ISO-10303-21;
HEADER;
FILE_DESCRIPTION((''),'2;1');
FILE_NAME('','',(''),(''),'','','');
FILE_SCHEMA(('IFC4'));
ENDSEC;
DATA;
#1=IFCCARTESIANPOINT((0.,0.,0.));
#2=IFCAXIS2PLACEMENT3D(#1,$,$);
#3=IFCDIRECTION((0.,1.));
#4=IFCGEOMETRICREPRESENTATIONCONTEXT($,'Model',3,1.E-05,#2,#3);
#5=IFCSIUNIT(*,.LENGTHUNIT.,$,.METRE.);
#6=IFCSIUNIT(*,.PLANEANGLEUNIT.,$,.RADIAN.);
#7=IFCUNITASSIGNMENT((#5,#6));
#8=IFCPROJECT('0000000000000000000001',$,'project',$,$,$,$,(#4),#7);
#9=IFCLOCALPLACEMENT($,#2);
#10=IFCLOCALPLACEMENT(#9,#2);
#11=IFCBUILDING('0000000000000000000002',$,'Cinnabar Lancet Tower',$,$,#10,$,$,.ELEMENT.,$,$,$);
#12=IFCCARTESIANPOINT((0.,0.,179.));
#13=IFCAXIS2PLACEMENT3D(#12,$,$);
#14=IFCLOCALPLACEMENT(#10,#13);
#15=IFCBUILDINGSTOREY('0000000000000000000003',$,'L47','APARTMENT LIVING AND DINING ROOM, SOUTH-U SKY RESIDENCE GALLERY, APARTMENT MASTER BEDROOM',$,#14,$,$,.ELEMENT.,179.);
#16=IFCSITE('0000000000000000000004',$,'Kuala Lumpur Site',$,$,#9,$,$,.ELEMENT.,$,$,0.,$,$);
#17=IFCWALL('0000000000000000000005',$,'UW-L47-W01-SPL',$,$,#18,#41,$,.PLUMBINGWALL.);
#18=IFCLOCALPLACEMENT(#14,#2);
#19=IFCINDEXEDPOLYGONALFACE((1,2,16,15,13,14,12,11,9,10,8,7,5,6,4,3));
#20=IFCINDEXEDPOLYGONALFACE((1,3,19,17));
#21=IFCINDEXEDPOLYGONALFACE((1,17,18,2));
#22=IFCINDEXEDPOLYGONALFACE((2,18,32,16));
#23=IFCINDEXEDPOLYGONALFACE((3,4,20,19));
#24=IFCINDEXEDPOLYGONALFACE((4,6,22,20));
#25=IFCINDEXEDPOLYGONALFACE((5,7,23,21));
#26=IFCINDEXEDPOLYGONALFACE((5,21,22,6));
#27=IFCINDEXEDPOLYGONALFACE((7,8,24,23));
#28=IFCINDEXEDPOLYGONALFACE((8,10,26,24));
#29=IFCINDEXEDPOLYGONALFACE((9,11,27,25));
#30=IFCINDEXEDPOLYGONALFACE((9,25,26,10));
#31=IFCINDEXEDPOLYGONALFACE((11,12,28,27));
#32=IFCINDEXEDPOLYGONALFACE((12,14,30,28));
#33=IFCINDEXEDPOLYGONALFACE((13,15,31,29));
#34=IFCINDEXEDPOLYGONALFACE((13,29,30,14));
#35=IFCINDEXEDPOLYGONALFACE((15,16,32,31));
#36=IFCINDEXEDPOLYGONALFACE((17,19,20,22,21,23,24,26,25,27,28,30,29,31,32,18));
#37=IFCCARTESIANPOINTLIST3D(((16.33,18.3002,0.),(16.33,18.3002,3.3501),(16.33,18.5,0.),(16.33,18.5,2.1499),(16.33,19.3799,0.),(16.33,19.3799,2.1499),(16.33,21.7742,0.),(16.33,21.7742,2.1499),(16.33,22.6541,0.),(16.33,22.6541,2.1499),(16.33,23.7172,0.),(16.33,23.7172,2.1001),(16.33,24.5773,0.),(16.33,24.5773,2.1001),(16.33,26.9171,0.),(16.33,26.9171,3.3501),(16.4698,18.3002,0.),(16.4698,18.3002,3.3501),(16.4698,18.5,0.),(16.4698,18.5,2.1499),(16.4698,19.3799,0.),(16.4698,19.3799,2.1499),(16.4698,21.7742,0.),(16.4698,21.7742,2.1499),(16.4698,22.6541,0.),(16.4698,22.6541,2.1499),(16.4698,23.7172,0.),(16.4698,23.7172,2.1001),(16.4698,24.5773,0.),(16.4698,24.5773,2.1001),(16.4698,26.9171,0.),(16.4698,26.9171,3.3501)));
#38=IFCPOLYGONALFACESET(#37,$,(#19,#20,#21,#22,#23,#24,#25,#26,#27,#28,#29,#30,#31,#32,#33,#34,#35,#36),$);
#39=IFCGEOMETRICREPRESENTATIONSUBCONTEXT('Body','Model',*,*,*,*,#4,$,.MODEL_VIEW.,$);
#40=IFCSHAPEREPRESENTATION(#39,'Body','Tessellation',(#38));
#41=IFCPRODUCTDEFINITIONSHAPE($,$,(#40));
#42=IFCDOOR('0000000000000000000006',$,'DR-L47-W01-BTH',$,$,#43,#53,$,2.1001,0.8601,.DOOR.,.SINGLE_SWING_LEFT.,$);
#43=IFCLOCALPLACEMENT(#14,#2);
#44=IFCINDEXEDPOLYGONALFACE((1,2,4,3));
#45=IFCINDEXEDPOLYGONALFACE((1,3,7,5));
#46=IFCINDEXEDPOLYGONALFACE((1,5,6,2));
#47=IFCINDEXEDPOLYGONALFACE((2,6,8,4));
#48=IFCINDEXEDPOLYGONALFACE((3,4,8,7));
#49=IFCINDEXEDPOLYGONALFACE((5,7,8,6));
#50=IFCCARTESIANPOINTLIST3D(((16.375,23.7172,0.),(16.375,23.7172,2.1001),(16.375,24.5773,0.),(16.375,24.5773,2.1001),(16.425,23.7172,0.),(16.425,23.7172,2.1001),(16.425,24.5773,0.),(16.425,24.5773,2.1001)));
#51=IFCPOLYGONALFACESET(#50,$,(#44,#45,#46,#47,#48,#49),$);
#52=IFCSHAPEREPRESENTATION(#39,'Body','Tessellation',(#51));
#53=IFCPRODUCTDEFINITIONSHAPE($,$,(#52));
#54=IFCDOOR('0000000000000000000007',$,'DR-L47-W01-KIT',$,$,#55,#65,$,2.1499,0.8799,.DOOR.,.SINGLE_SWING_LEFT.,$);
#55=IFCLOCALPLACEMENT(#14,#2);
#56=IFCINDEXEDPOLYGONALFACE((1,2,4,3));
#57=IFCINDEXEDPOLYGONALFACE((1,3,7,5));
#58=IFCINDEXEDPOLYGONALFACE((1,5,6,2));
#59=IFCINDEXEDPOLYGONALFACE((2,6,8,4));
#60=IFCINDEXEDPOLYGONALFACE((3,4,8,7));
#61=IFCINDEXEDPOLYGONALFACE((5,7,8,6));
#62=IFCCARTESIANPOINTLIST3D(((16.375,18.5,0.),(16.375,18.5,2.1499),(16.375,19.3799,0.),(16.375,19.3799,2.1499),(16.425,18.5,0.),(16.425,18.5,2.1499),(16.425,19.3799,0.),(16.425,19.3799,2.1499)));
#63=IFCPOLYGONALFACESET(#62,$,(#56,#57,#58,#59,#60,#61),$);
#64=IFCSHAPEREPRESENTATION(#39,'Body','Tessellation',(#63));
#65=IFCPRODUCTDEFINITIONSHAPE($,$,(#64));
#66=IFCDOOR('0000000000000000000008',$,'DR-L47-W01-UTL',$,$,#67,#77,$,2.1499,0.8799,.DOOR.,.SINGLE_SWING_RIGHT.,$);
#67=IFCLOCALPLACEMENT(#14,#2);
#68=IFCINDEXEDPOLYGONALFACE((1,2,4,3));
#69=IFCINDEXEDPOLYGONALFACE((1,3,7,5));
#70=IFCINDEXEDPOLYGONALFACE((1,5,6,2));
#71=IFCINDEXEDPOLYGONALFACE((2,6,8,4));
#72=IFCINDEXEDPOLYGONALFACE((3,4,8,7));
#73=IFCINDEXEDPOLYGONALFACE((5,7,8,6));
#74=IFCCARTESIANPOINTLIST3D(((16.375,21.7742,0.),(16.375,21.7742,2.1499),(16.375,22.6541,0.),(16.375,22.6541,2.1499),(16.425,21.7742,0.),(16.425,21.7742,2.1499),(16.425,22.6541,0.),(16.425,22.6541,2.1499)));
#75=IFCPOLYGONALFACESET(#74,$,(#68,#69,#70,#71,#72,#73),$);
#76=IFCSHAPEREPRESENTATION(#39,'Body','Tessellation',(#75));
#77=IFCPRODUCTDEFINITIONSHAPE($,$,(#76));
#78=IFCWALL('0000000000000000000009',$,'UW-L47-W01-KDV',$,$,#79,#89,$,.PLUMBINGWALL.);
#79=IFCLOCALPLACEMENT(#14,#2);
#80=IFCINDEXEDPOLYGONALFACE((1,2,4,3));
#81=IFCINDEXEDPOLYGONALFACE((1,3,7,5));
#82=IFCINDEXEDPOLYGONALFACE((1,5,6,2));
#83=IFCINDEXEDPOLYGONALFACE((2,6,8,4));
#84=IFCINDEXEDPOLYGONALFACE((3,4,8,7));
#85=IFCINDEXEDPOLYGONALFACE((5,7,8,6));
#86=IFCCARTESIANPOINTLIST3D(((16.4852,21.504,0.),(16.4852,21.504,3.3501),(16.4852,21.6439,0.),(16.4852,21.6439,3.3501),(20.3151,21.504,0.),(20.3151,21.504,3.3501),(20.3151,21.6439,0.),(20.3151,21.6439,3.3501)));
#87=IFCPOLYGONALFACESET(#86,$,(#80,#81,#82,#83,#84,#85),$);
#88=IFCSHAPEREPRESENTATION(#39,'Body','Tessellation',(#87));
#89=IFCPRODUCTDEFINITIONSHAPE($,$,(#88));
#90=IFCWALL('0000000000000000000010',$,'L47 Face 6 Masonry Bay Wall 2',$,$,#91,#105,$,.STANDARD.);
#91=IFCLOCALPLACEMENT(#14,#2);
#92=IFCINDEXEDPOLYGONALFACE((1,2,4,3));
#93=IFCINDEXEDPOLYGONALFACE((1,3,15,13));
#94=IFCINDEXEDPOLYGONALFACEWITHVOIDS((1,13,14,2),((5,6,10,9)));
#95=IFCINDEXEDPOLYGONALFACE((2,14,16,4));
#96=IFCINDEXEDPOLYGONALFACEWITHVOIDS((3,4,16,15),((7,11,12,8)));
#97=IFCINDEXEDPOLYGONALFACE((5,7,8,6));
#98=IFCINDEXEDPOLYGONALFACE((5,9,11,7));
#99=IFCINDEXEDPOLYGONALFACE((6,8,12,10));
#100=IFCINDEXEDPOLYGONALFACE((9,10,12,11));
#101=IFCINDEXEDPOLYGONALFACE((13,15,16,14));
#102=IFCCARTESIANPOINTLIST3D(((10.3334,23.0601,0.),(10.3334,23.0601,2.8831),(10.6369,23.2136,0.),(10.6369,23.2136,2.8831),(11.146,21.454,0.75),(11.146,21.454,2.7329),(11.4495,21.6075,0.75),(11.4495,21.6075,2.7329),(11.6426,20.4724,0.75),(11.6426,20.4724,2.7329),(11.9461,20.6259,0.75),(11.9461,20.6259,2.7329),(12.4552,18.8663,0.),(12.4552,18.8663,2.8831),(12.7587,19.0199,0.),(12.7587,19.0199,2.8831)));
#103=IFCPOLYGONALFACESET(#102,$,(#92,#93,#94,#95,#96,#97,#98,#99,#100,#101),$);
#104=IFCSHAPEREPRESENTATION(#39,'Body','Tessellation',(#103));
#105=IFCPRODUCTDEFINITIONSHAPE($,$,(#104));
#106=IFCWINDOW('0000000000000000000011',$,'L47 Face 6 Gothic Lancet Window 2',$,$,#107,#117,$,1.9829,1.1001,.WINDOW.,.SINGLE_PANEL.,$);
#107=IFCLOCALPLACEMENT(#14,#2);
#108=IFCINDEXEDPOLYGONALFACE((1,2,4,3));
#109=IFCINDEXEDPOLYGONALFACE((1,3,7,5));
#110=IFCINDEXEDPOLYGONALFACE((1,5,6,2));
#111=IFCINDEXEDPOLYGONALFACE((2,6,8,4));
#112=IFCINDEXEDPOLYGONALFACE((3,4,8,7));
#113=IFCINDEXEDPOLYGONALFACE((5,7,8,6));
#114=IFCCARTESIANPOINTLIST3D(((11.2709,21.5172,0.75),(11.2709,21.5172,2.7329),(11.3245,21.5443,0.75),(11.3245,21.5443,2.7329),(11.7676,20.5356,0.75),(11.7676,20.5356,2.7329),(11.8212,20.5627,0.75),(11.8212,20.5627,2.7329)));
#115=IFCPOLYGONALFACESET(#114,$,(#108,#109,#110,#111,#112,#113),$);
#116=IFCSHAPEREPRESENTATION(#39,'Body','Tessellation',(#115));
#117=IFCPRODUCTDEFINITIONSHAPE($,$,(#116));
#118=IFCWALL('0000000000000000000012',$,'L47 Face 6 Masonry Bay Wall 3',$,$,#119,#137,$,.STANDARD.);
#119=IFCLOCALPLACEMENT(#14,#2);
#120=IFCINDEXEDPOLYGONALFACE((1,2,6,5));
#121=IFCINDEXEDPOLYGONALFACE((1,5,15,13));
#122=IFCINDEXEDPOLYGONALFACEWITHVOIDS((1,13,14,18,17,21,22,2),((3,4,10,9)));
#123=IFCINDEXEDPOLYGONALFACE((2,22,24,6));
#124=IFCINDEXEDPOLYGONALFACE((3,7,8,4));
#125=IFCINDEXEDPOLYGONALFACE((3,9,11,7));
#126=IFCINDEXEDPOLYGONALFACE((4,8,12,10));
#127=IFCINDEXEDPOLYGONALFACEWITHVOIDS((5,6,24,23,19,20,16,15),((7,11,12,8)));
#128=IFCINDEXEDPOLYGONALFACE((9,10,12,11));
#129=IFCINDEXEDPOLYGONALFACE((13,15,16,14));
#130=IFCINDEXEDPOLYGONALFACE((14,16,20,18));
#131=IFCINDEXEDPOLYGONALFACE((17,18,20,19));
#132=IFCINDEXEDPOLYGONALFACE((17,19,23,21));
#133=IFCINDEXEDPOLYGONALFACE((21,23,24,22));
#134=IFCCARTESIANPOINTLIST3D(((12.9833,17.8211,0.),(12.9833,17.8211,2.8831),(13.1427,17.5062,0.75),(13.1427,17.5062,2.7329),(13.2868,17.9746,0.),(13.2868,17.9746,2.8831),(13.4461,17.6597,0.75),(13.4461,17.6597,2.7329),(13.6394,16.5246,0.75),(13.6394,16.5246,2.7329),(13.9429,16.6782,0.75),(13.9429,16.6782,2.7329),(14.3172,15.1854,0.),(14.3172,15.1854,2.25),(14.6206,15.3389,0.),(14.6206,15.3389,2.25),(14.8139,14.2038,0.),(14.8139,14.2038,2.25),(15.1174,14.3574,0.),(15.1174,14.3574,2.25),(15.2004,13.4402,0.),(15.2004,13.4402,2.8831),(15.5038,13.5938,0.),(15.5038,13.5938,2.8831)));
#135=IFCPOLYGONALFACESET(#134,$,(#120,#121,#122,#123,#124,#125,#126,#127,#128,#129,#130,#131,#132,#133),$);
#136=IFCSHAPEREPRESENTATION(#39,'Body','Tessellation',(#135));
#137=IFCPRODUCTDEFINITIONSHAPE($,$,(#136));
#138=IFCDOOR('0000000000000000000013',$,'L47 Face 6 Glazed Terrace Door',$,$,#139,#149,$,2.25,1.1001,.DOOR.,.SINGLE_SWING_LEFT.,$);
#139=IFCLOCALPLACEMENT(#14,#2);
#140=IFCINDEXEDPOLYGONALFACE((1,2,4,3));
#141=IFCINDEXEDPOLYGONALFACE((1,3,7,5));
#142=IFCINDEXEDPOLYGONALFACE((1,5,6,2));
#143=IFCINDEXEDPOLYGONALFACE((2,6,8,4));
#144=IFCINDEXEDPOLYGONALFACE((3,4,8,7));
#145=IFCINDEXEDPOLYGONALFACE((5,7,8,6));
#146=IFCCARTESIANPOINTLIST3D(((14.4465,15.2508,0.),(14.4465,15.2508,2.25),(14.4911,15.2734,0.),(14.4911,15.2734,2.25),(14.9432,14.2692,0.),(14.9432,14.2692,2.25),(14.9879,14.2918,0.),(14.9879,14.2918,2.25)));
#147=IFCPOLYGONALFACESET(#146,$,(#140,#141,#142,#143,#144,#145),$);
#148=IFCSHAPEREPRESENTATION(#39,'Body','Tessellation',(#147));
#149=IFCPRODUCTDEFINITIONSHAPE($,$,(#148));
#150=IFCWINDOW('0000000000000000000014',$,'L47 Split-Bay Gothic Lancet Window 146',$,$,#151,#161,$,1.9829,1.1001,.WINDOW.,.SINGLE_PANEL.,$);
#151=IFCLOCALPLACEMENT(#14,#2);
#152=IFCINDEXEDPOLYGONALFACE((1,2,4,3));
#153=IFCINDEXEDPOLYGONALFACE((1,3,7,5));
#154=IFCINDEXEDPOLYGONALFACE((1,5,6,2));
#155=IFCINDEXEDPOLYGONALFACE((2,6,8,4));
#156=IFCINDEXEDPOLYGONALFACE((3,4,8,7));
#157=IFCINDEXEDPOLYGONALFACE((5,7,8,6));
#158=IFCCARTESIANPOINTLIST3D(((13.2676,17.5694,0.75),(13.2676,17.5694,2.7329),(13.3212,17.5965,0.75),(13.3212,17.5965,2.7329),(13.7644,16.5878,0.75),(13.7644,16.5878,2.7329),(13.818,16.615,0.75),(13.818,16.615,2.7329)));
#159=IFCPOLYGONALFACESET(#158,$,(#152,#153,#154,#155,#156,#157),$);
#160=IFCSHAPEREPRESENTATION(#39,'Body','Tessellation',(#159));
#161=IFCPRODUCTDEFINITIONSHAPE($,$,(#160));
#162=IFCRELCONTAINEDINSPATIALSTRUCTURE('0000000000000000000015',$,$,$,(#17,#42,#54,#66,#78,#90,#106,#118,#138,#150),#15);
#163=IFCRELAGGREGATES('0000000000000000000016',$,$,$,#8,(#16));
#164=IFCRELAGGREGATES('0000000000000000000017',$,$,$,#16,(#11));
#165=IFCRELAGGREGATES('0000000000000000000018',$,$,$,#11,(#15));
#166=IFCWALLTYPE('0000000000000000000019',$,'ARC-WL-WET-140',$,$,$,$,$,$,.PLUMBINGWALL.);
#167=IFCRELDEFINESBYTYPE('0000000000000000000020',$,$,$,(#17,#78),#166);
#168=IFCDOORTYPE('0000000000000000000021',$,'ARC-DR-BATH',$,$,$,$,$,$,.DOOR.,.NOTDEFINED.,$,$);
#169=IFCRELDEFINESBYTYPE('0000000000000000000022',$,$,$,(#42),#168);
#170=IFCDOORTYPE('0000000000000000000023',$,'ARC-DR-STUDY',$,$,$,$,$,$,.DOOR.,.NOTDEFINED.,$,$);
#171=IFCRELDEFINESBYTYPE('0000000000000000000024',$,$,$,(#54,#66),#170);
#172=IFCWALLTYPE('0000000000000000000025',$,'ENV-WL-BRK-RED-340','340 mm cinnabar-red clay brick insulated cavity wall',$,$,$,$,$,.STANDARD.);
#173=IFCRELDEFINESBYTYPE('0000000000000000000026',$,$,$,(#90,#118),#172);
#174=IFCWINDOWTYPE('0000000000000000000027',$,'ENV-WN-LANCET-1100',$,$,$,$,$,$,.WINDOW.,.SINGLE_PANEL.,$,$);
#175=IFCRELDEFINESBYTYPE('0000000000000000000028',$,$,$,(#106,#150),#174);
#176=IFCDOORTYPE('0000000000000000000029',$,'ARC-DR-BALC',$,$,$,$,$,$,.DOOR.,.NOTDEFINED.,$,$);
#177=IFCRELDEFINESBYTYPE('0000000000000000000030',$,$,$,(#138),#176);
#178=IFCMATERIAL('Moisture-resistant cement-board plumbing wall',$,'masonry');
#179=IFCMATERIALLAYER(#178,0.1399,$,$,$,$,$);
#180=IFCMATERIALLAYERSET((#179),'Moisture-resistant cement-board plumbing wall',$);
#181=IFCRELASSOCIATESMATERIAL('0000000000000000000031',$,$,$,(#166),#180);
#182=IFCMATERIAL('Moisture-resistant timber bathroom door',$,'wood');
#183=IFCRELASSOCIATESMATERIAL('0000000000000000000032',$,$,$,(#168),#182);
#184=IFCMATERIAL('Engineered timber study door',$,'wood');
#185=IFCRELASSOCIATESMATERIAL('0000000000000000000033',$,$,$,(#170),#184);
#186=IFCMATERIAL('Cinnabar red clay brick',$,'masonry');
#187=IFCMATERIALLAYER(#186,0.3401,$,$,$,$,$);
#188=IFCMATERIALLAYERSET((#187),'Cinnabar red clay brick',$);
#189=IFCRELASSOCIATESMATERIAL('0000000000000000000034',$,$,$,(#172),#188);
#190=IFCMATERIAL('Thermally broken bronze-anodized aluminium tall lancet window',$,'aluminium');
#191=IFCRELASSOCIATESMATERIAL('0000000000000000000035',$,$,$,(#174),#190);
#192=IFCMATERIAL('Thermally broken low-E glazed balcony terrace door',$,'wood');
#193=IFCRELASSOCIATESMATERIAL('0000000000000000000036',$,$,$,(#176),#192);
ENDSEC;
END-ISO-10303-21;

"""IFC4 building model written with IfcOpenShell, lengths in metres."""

from ifc_helpers import new_model, si_unit, direction, frame, frame_2d, origin, place, context, subcontext, project, spatial, rectangle, extrude, material, layer, layer_set, type_object, element, fill, save


model = new_model("IFC4")

# Units and contexts
model_context = context("Model", 3, precision=1e-05, world=origin(), true_north=direction((0.0, 1.0)))
body_context = subcontext(model_context, "Body", "Model", "MODEL_VIEW")
ifc_project = project(units=[si_unit("LENGTHUNIT", "METRE"), si_unit("PLANEANGLEUNIT", "RADIAN")], contexts=[model_context])

# Site, building, storey
site_placement = place(None, origin())
site = spatial("IfcSite", under=ifc_project, at=site_placement, Name="Kuala Lumpur Site", CompositionType="ELEMENT", RefElevation=0.0)
building_placement = place(site_placement, origin())
building = spatial("IfcBuilding", under=site, at=building_placement, Name="Cinnabar Lancet Tower", CompositionType="ELEMENT")
storey_placement = place(building_placement, frame((0.0, 0.0, 179.0)))
storey = spatial("IfcBuildingStorey", under=building, at=storey_placement, Name="L47", Description="APARTMENT LIVING AND DINING ROOM, SOUTH-U SKY RESIDENCE GALLERY, APARTMENT MASTER BEDROOM", CompositionType="ELEMENT", Elevation=179.0)

# Wall, openings, doors
ifc_material_1 = material(Name="Moisture-resistant cement-board plumbing wall", Category="masonry")
ifc_layer_1 = layer(ifc_material_1, 0.1399)
ifc_layer_set_1 = layer_set([ifc_layer_1], Name="Moisture-resistant cement-board plumbing wall")
wall_type_1 = type_object("IfcWallType", Name="ARC-WL-WET-140", PredefinedType="PLUMBINGWALL", material=ifc_layer_set_1)
wall_1_placement = place(storey_placement, frame((16.3999, 18.3, 0.0), z_axis=(0.0, 0.0, 1.0), x_axis=(0.0, 1.0, 0.0)))
wall_1 = element("IfcWall", 1, at=wall_1_placement, inside=storey, type_object=wall_type_1, Name="UW-L47-W01-SPL", PredefinedType="PLUMBINGWALL", context=body_context, shape_type="SweptSolid", body=[
    extrude(rectangle(XDim=8.6169, YDim=0.1399, at=frame_2d((4.3086, 0.0))), origin(), (0.0, 0.0, 1.0), 3.3501),
])
opening_1_placement = place(wall_1_placement, frame((0.2, 0.0, 0.0)))
opening_1 = element("IfcOpeningElement", 2, at=opening_1_placement, cuts=wall_1, PredefinedType="OPENING", context=body_context, shape_type="SweptSolid", body=[
    extrude(rectangle(XDim=0.8799, YDim=2.1499, at=frame_2d((0.4399, 1.075))), frame((0.0, 0.0798, 0.0), z_axis=(0.0, -1.0, 0.0), x_axis=(1.0, 0.0, 0.0)), (0.0, 0.0, 1.0), 0.1599),
])
opening_2_placement = place(wall_1_placement, frame((3.4741, 0.0, 0.0)))
opening_2 = element("IfcOpeningElement", 3, at=opening_2_placement, cuts=wall_1, PredefinedType="OPENING", context=body_context, shape_type="SweptSolid", body=[
    extrude(rectangle(XDim=0.8799, YDim=2.1499, at=frame_2d((0.4399, 1.075))), frame((0.0, 0.0798, 0.0), z_axis=(0.0, -1.0, 0.0), x_axis=(1.0, 0.0, 0.0)), (0.0, 0.0, 1.0), 0.1599),
])
opening_3_placement = place(wall_1_placement, frame((5.417, 0.0, 0.0)))
opening_3 = element("IfcOpeningElement", 4, at=opening_3_placement, cuts=wall_1, PredefinedType="OPENING", context=body_context, shape_type="SweptSolid", body=[
    extrude(rectangle(XDim=0.8601, YDim=2.1001, at=frame_2d((0.4302, 1.05))), frame((0.0, 0.0798, 0.0), z_axis=(0.0, -1.0, 0.0), x_axis=(1.0, 0.0, 0.0)), (0.0, 0.0, 1.0), 0.1599),
])
ifc_material_2 = material(Name="Moisture-resistant timber bathroom door", Category="wood")
door_type_1 = type_object("IfcDoorType", Name="ARC-DR-BATH", OperationType="NOTDEFINED", PredefinedType="DOOR", material=ifc_material_2)
door_1_placement = place(opening_3_placement, origin())
door_1 = element("IfcDoor", 5, at=door_1_placement, inside=storey, type_object=door_type_1, Name="DR-L47-W01-BTH", OperationType="SINGLE_SWING_LEFT", OverallHeight=2.1001, OverallWidth=0.8601, PredefinedType="DOOR", context=body_context, shape_type="SweptSolid", body=[
    extrude(rectangle(XDim=0.8601, YDim=2.1001, at=frame_2d((0.4302, 1.05))), frame((0.0, 0.0249, 0.0), z_axis=(0.0, -1.0, 0.0), x_axis=(1.0, 0.0, 0.0)), (0.0, 0.0, 1.0), 0.05),
])
fill(opening_3, door_1)
ifc_material_3 = material(Name="Engineered timber study door", Category="wood")
door_type_2 = type_object("IfcDoorType", Name="ARC-DR-STUDY", OperationType="NOTDEFINED", PredefinedType="DOOR", material=ifc_material_3)
door_2_placement = place(opening_1_placement, origin())
door_2 = element("IfcDoor", 6, at=door_2_placement, inside=storey, type_object=door_type_2, Name="DR-L47-W01-KIT", OperationType="SINGLE_SWING_LEFT", OverallHeight=2.1499, OverallWidth=0.8799, PredefinedType="DOOR", context=body_context, shape_type="SweptSolid", body=[
    extrude(rectangle(XDim=0.8799, YDim=2.1499, at=frame_2d((0.4399, 1.075))), frame((0.0, 0.0249, 0.0), z_axis=(0.0, -1.0, 0.0), x_axis=(1.0, 0.0, 0.0)), (0.0, 0.0, 1.0), 0.05),
])
fill(opening_1, door_2)
door_3_placement = place(opening_2_placement, origin())
door_3 = element("IfcDoor", 7, at=door_3_placement, inside=storey, type_object=door_type_2, Name="DR-L47-W01-UTL", OperationType="SINGLE_SWING_RIGHT", OverallHeight=2.1499, OverallWidth=0.8799, PredefinedType="DOOR", context=body_context, shape_type="SweptSolid", body=[
    extrude(rectangle(XDim=0.8799, YDim=2.1499, at=frame_2d((0.4399, 1.075))), frame((0.0, 0.0249, 0.0), z_axis=(0.0, -1.0, 0.0), x_axis=(1.0, 0.0, 0.0)), (0.0, 0.0, 1.0), 0.05),
])
fill(opening_2, door_3)

# Wall
wall_2_placement = place(storey_placement, frame((16.4851, 21.574, 0.0), z_axis=(0.0, 0.0, 1.0), x_axis=(1.0, 0.0, 0.0)))
element("IfcWall", 8, at=wall_2_placement, inside=storey, type_object=wall_type_1, Name="UW-L47-W01-KDV", PredefinedType="PLUMBINGWALL", context=body_context, shape_type="SweptSolid", body=[
    extrude(rectangle(XDim=3.8298, YDim=0.1399, at=frame_2d((1.915, 0.0))), origin(), (0.0, 0.0, 1.0), 3.3501),
])

# Wall, opening, window
ifc_material_4 = material(Name="Cinnabar red clay brick", Category="masonry")
ifc_layer_2 = layer(ifc_material_4, 0.3401)
ifc_layer_set_2 = layer_set([ifc_layer_2], Name="Cinnabar red clay brick")
wall_type_2 = type_object("IfcWallType", Name="ENV-WL-BRK-RED-340", Description="340 mm cinnabar-red clay brick insulated cavity wall", PredefinedType="STANDARD", material=ifc_layer_set_2)
wall_3_placement = place(storey_placement, frame((10.4851, 23.137, 0.0), z_axis=(0.0, 0.0, 1.0), x_axis=(0.451447, -0.892298, 0.0)))
wall_3 = element("IfcWall", 9, at=wall_3_placement, inside=storey, type_object=wall_type_2, Name="L47 Face 6 Masonry Bay Wall 2", PredefinedType="STANDARD", context=body_context, shape_type="SweptSolid", body=[
    extrude(rectangle(XDim=4.7, YDim=0.3401, at=frame_2d((2.3501, 0.0))), origin(), (0.0, 0.0, 1.0), 2.8831),
])
opening_4_placement = place(wall_3_placement, frame((1.8, 0.0, 0.75)))
opening_4 = element("IfcOpeningElement", 10, at=opening_4_placement, cuts=wall_3, PredefinedType="OPENING", context=body_context, shape_type="SweptSolid", body=[
    extrude(rectangle(XDim=1.1001, YDim=1.9829, at=frame_2d((0.55, 0.9915))), frame((0.0, 0.1799, 0.0), z_axis=(0.0, -1.0, 0.0), x_axis=(1.0, 0.0, 0.0)), (0.0, 0.0, 1.0), 0.3601),
])
ifc_material_5 = material(Name="Thermally broken bronze-anodized aluminium tall lancet window", Category="aluminium")
window_type = type_object("IfcWindowType", Name="ENV-WN-LANCET-1100", PartitioningType="SINGLE_PANEL", PredefinedType="WINDOW", material=ifc_material_5)
window_1_placement = place(opening_4_placement, origin())
window_1 = element("IfcWindow", 11, at=window_1_placement, inside=storey, type_object=window_type, Name="L47 Face 6 Gothic Lancet Window 2", OverallHeight=1.9829, OverallWidth=1.1001, PartitioningType="SINGLE_PANEL", PredefinedType="WINDOW", context=body_context, shape_type="SweptSolid", body=[
    extrude(rectangle(XDim=1.1001, YDim=1.9829, at=frame_2d((0.55, 0.9915))), frame((0.0, 0.03, 0.0), z_axis=(0.0, -1.0, 0.0), x_axis=(1.0, 0.0, 0.0)), (0.0, 0.0, 1.0), 0.0601),
])
fill(opening_4, window_1)

# Wall, openings, door, window
wall_4_placement = place(storey_placement, frame((13.135, 17.8979, 0.0), z_axis=(0.0, 0.0, 1.0), x_axis=(0.451544, -0.892249, 0.0)))
wall_4 = element("IfcWall", 12, at=wall_4_placement, inside=storey, type_object=wall_type_2, Name="L47 Face 6 Masonry Bay Wall 3", PredefinedType="STANDARD", context=body_context, shape_type="SweptSolid", body=[
    extrude(rectangle(XDim=4.9099, YDim=0.3401, at=frame_2d((2.4551, 0.0))), origin(), (0.0, 0.0, 1.0), 2.8831),
])
opening_5_placement = place(wall_4_placement, frame((2.9541, 0.0, 0.0)))
opening_5 = element("IfcOpeningElement", 13, at=opening_5_placement, cuts=wall_4, PredefinedType="OPENING", context=body_context, shape_type="SweptSolid", body=[
    extrude(rectangle(XDim=1.1001, YDim=2.25, at=frame_2d((0.55, 1.125))), frame((0.0, 0.1799, 0.0), z_axis=(0.0, -1.0, 0.0), x_axis=(1.0, 0.0, 0.0)), (0.0, 0.0, 1.0), 0.3601),
])
opening_6_placement = place(wall_4_placement, frame((0.353, 0.0, 0.75)))
opening_6 = element("IfcOpeningElement", 14, at=opening_6_placement, cuts=wall_4, PredefinedType="OPENING", context=body_context, shape_type="SweptSolid", body=[
    extrude(rectangle(XDim=1.1001, YDim=1.9829, at=frame_2d((0.55, 0.9915))), frame((0.0, 0.1799, 0.0), z_axis=(0.0, -1.0, 0.0), x_axis=(1.0, 0.0, 0.0)), (0.0, 0.0, 1.0), 0.3601),
])
ifc_material_6 = material(Name="Thermally broken low-E glazed balcony terrace door", Category="wood")
door_type_3 = type_object("IfcDoorType", Name="ARC-DR-BALC", OperationType="NOTDEFINED", PredefinedType="DOOR", material=ifc_material_6)
door_4_placement = place(opening_5_placement, origin())
door_4 = element("IfcDoor", 15, at=door_4_placement, inside=storey, type_object=door_type_3, Name="L47 Face 6 Glazed Terrace Door", OperationType="SINGLE_SWING_LEFT", OverallHeight=2.25, OverallWidth=1.1001, PredefinedType="DOOR", context=body_context, shape_type="SweptSolid", body=[
    extrude(rectangle(XDim=1.1001, YDim=2.25, at=frame_2d((0.55, 1.125))), frame((0.0, 0.0249, 0.0), z_axis=(0.0, -1.0, 0.0), x_axis=(1.0, 0.0, 0.0)), (0.0, 0.0, 1.0), 0.05),
])
fill(opening_5, door_4)
window_2_placement = place(opening_6_placement, origin())
window_2 = element("IfcWindow", 16, at=window_2_placement, inside=storey, type_object=window_type, Name="L47 Split-Bay Gothic Lancet Window 146", OverallHeight=1.9829, OverallWidth=1.1001, PartitioningType="SINGLE_PANEL", PredefinedType="WINDOW", context=body_context, shape_type="SweptSolid", body=[
    extrude(rectangle(XDim=1.1001, YDim=1.9829, at=frame_2d((0.55, 0.9915))), frame((0.0, 0.03, 0.0), z_axis=(0.0, -1.0, 0.0), x_axis=(1.0, 0.0, 0.0)), (0.0, 0.0, 1.0), 0.0601),
])
fill(opening_6, window_2)

save(model, "model.ifc")
